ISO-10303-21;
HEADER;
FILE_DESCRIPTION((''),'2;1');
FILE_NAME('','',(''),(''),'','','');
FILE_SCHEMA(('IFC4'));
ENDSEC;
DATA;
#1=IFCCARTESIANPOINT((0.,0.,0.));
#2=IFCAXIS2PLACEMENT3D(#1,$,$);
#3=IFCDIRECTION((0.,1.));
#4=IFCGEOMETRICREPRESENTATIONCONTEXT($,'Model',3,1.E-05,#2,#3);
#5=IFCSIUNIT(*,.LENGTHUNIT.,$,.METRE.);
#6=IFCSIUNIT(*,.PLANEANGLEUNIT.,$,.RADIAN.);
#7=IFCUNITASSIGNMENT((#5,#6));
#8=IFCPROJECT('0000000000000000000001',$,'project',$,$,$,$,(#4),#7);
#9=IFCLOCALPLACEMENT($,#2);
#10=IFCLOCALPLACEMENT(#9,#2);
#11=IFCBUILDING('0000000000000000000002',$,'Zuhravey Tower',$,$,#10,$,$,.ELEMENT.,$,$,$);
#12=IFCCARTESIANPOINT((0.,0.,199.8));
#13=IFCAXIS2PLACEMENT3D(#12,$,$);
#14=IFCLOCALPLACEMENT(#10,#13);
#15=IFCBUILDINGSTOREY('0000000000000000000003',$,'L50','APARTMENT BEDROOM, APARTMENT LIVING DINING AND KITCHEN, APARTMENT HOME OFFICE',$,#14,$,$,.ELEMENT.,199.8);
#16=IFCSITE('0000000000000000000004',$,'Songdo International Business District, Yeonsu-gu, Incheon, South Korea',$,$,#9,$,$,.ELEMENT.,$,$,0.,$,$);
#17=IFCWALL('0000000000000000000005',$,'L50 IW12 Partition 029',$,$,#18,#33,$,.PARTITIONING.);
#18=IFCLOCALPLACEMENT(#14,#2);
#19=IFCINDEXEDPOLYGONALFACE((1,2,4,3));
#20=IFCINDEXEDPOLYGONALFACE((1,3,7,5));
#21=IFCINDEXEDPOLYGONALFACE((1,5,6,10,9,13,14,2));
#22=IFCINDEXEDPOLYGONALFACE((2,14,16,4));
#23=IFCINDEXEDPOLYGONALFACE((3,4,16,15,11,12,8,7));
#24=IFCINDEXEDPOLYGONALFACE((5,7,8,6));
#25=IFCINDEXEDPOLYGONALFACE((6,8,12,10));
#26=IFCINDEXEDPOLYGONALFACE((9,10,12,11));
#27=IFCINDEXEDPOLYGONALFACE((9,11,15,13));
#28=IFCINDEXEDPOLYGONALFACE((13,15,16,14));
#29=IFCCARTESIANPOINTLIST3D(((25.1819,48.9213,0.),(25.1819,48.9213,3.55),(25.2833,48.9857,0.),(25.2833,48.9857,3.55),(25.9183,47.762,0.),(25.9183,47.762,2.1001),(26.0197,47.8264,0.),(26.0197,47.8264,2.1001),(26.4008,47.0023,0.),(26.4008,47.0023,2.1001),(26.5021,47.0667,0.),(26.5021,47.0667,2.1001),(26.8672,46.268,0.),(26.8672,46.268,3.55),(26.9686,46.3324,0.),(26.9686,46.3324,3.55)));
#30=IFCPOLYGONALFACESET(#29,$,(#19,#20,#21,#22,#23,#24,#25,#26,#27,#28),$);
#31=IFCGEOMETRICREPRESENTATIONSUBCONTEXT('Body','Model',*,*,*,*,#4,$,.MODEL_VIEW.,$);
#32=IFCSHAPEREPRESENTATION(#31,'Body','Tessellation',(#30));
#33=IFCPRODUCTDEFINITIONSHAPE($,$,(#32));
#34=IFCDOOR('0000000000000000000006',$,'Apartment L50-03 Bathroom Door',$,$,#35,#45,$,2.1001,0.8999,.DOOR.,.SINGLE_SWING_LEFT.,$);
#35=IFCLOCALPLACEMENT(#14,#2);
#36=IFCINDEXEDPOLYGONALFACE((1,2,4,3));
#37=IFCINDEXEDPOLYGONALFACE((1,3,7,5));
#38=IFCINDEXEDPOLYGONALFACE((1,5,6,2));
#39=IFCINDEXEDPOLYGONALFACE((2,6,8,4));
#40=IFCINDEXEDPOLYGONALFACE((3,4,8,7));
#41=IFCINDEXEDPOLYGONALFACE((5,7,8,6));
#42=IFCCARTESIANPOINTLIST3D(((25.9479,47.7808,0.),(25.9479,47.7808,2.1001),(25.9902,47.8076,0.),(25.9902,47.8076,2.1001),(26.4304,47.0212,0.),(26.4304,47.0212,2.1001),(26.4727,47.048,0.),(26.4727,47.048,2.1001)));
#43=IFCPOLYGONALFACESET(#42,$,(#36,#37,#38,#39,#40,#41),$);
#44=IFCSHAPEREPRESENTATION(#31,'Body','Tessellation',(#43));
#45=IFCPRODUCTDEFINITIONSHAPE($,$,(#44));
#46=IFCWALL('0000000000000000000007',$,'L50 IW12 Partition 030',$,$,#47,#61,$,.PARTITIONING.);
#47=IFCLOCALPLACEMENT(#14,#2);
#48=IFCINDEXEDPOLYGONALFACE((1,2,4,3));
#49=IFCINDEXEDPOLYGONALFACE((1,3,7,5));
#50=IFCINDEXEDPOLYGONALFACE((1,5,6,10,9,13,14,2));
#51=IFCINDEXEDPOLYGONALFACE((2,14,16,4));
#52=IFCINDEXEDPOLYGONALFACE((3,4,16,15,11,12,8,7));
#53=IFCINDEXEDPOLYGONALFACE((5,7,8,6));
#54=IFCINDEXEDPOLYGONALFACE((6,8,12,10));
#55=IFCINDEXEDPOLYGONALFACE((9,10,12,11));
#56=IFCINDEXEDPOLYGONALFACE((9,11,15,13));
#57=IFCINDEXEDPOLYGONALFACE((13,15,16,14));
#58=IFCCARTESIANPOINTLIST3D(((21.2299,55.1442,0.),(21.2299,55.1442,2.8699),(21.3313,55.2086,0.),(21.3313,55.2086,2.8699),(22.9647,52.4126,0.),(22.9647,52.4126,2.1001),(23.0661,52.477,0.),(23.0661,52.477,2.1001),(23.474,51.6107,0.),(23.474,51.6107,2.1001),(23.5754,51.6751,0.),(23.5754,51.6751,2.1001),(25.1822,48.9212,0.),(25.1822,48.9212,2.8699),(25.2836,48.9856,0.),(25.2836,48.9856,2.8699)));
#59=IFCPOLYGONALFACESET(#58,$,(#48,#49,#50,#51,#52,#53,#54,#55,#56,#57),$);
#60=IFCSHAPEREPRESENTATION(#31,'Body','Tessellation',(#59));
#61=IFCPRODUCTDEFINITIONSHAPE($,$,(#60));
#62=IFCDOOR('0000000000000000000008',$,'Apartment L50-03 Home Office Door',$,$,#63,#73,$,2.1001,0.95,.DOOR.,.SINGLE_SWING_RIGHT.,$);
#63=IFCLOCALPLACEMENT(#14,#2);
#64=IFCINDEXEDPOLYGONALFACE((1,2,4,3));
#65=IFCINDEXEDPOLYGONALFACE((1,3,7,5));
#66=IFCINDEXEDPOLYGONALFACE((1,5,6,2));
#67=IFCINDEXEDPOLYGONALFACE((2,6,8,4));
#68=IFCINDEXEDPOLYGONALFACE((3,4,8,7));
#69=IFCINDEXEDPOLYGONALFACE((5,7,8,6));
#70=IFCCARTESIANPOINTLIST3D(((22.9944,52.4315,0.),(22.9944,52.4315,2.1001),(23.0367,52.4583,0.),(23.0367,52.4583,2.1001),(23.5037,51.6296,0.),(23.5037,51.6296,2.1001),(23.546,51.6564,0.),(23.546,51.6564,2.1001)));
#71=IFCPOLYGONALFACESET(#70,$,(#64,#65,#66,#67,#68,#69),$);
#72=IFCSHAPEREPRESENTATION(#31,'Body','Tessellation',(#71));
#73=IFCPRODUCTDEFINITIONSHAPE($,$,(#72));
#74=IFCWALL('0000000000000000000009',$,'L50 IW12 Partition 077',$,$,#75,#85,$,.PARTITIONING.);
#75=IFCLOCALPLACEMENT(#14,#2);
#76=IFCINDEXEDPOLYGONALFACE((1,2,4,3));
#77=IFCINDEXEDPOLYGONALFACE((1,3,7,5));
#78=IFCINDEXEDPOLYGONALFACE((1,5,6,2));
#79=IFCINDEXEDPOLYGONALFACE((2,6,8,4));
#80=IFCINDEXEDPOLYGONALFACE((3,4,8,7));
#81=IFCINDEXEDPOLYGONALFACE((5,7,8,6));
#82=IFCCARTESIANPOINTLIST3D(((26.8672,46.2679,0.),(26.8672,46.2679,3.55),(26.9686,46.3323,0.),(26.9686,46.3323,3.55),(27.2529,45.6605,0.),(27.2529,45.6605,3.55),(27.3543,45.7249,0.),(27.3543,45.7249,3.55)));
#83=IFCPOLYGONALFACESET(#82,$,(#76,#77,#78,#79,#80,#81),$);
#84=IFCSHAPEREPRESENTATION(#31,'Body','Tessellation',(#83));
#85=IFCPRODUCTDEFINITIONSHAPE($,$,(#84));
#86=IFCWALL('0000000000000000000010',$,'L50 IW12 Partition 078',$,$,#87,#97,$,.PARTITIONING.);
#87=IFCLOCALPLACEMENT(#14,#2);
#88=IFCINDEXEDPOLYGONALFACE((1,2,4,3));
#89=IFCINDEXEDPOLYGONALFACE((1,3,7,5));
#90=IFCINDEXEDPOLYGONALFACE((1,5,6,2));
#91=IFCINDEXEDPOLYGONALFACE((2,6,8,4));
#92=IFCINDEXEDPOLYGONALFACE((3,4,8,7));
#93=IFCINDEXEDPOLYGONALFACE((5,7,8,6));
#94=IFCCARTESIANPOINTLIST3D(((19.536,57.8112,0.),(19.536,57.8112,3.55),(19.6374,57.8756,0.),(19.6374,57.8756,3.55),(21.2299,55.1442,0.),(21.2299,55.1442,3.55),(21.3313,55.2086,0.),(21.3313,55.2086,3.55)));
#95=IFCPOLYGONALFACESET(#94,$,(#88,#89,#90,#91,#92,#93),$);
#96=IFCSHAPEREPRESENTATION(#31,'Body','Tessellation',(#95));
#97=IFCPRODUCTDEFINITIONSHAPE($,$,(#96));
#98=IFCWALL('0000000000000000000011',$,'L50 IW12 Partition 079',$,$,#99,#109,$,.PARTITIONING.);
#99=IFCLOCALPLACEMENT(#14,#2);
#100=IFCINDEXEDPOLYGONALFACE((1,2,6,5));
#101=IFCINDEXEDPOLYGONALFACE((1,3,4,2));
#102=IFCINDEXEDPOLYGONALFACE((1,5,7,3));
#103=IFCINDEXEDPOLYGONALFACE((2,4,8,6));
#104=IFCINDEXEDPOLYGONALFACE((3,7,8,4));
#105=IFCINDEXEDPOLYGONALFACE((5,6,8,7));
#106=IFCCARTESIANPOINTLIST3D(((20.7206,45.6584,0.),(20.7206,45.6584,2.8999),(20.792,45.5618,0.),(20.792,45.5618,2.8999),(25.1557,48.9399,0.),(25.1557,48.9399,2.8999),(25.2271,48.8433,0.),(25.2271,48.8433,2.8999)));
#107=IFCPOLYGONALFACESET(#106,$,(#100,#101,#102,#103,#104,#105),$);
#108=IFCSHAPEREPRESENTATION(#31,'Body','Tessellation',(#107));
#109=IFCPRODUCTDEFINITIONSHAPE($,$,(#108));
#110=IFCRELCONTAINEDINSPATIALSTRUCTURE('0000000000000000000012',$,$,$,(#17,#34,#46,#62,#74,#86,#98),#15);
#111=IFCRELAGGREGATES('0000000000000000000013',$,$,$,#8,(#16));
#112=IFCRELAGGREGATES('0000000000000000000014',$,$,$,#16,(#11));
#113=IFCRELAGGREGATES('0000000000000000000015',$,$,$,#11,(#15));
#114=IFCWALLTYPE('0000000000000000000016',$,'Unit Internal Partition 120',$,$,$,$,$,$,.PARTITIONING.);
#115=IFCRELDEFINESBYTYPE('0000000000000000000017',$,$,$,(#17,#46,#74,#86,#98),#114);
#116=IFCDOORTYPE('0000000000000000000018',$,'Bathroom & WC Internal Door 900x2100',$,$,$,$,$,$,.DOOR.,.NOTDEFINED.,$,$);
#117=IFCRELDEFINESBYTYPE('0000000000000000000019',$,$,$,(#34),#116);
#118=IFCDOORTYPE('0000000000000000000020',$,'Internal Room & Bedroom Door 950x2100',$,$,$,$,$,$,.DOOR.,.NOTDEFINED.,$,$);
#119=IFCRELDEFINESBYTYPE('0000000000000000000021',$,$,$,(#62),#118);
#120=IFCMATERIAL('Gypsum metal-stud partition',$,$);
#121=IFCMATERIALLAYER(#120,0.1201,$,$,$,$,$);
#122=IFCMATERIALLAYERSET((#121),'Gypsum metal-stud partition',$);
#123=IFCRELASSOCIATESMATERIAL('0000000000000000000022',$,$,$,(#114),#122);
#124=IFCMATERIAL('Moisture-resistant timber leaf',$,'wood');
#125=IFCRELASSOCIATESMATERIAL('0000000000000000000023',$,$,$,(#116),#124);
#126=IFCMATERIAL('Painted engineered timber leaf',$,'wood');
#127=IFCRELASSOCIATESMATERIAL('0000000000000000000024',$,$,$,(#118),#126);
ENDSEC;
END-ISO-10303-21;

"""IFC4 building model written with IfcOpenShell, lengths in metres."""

from ifc_helpers import new_model, si_unit, direction, frame, frame_2d, origin, place, context, subcontext, project, spatial, rectangle, extrude, material, layer, layer_set, type_object, element, fill, save


model = new_model("IFC4")

# Units and contexts
model_context = context("Model", 3, precision=1e-05, world=origin(), true_north=direction((0.0, 1.0)))
body_context = subcontext(model_context, "Body", "Model", "MODEL_VIEW")
ifc_project = project(units=[si_unit("LENGTHUNIT", "METRE"), si_unit("PLANEANGLEUNIT", "RADIAN")], contexts=[model_context])

# Site, building, storey
site_placement = place(None, origin())
site = spatial("IfcSite", under=ifc_project, at=site_placement, Name="Songdo International Business District, Yeonsu-gu, Incheon, South Korea", CompositionType="ELEMENT", RefElevation=0.0)
building_placement = place(site_placement, origin())
building = spatial("IfcBuilding", under=site, at=building_placement, Name="Zuhravey Tower", CompositionType="ELEMENT")
storey_placement = place(building_placement, frame((0.0, 0.0, 199.8)))
storey = spatial("IfcBuildingStorey", under=building, at=storey_placement, Name="L50", Description="APARTMENT BEDROOM, APARTMENT LIVING DINING AND KITCHEN, APARTMENT HOME OFFICE", CompositionType="ELEMENT", Elevation=199.8)

# Walls, openings, doors
ifc_material_1 = material(Name="Gypsum metal-stud partition")
ifc_layer_1 = layer(ifc_material_1, 0.1201)
ifc_layer_set_1 = layer_set([ifc_layer_1], Name="Gypsum metal-stud partition")
wall_type_1 = type_object("IfcWallType", Name="Unit Internal Partition 120", PredefinedType="PARTITIONING", material=ifc_layer_set_1)
wall_1_placement = place(storey_placement, frame((26.918, 46.3, 0.0), z_axis=(0.0, 0.0, 1.0), x_axis=(-0.536157, 0.844119, 0.0)))
wall_1 = element("IfcWall", 1, at=wall_1_placement, inside=storey, type_object=wall_type_1, Name="L50 IW12 Partition 029", PredefinedType="PARTITIONING", context=body_context, shape_type="SweptSolid", body=[
    extrude(rectangle(XDim=3.1433, YDim=0.1201, at=frame_2d((1.5718, 0.0))), origin(), (0.0, 0.0, 1.0), 3.55),
])
opening_1_placement = place(wall_1_placement, frame((0.8701, 0.0, 0.0)))
opening_1 = element("IfcOpeningElement", 2, at=opening_1_placement, cuts=wall_1, PredefinedType="OPENING", context=body_context, shape_type="SweptSolid", body=[
    extrude(rectangle(XDim=0.8999, YDim=2.1001, at=frame_2d((0.45, 1.05))), frame((0.0, 0.072, 0.0), z_axis=(0.0, -1.0, 0.0), x_axis=(1.0, 0.0, 0.0)), (0.0, 0.0, 1.0), 0.144),
])
ifc_material_2 = material(Name="Moisture-resistant timber leaf", Category="wood")
door_type_1 = type_object("IfcDoorType", Name="Bathroom & WC Internal Door 900x2100", OperationType="NOTDEFINED", PredefinedType="DOOR", material=ifc_material_2)
door_1_placement = place(opening_1_placement, origin())
door_1 = element("IfcDoor", 3, at=door_1_placement, inside=storey, type_object=door_type_1, Name="Apartment L50-03 Bathroom Door", OperationType="SINGLE_SWING_LEFT", OverallHeight=2.1001, OverallWidth=0.8999, PredefinedType="DOOR", context=body_context, shape_type="SweptSolid", body=[
    extrude(rectangle(XDim=0.8999, YDim=2.1001, at=frame_2d((0.45, 1.05))), frame((0.0, 0.0249, 0.0), z_axis=(0.0, -1.0, 0.0), x_axis=(1.0, 0.0, 0.0)), (0.0, 0.0, 1.0), 0.05),
])
fill(opening_1, door_1)
wall_2_placement = place(storey_placement, frame((25.2329, 48.9534, 0.0), z_axis=(0.0, 0.0, 1.0), x_axis=(-0.536123, 0.84414, 0.0)))
wall_2 = element("IfcWall", 4, at=wall_2_placement, inside=storey, type_object=wall_type_1, Name="L50 IW12 Partition 030", PredefinedType="PARTITIONING", context=body_context, shape_type="SweptSolid", body=[
    extrude(rectangle(XDim=7.3721, YDim=0.1201, at=frame_2d((3.686, 0.0))), origin(), (0.0, 0.0, 1.0), 2.8699),
])
opening_2_placement = place(wall_2_placement, frame((3.186, 0.0, 0.0)))
opening_2 = element("IfcOpeningElement", 5, at=opening_2_placement, cuts=wall_2, PredefinedType="OPENING", context=body_context, shape_type="SweptSolid", body=[
    extrude(rectangle(XDim=0.95, YDim=2.1001, at=frame_2d((0.4751, 1.05))), frame((0.0, 0.072, 0.0), z_axis=(0.0, -1.0, 0.0), x_axis=(1.0, 0.0, 0.0)), (0.0, 0.0, 1.0), 0.144),
])
ifc_material_3 = material(Name="Painted engineered timber leaf", Category="wood")
door_type_2 = type_object("IfcDoorType", Name="Internal Room & Bedroom Door 950x2100", OperationType="NOTDEFINED", PredefinedType="DOOR", material=ifc_material_3)
door_2_placement = place(opening_2_placement, origin())
door_2 = element("IfcDoor", 6, at=door_2_placement, inside=storey, type_object=door_type_2, Name="Apartment L50-03 Home Office Door", OperationType="SINGLE_SWING_RIGHT", OverallHeight=2.1001, OverallWidth=0.95, PredefinedType="DOOR", context=body_context, shape_type="SweptSolid", body=[
    extrude(rectangle(XDim=0.95, YDim=2.1001, at=frame_2d((0.4751, 1.05))), frame((0.0, 0.0249, 0.0), z_axis=(0.0, -1.0, 0.0), x_axis=(1.0, 0.0, 0.0)), (0.0, 0.0, 1.0), 0.05),
])
fill(opening_2, door_2)

# Walls
wall_3_placement = place(storey_placement, frame((27.3037, 45.6926, 0.0), z_axis=(0.0, 0.0, 1.0), x_axis=(-0.536085, 0.844164, 0.0)))
element("IfcWall", 7, at=wall_3_placement, inside=storey, type_object=wall_type_1, Name="L50 IW12 Partition 077", PredefinedType="PARTITIONING", context=body_context, shape_type="SweptSolid", body=[
    extrude(rectangle(XDim=0.7195, YDim=0.1201, at=frame_2d((0.3599, 0.0))), origin(), (0.0, 0.0, 1.0), 3.55),
])
wall_4_placement = place(storey_placement, frame((21.2805, 55.1765, 0.0), z_axis=(0.0, 0.0, 1.0), x_axis=(-0.536125, 0.844138, 0.0)))
element("IfcWall", 8, at=wall_4_placement, inside=storey, type_object=wall_type_1, Name="L50 IW12 Partition 078", PredefinedType="PARTITIONING", context=body_context, shape_type="SweptSolid", body=[
    extrude(rectangle(XDim=3.1594, YDim=0.1201, at=frame_2d((1.5796, 0.0))), origin(), (0.0, 0.0, 1.0), 3.55),
])
wall_5_placement = place(storey_placement, frame((25.1914, 48.8916, 0.0), z_axis=(0.0, 0.0, 1.0), x_axis=(-0.803881, -0.59479, 0.0)))
element("IfcWall", 9, at=wall_5_placement, inside=storey, type_object=wall_type_1, Name="L50 IW12 Partition 079", PredefinedType="PARTITIONING", context=body_context, shape_type="SweptSolid", body=[
    extrude(rectangle(XDim=5.5171, YDim=0.1201, at=frame_2d((2.7585, 0.0))), origin(), (0.0, 0.0, 1.0), 2.8999),
])

save(model, "model.ifc")
